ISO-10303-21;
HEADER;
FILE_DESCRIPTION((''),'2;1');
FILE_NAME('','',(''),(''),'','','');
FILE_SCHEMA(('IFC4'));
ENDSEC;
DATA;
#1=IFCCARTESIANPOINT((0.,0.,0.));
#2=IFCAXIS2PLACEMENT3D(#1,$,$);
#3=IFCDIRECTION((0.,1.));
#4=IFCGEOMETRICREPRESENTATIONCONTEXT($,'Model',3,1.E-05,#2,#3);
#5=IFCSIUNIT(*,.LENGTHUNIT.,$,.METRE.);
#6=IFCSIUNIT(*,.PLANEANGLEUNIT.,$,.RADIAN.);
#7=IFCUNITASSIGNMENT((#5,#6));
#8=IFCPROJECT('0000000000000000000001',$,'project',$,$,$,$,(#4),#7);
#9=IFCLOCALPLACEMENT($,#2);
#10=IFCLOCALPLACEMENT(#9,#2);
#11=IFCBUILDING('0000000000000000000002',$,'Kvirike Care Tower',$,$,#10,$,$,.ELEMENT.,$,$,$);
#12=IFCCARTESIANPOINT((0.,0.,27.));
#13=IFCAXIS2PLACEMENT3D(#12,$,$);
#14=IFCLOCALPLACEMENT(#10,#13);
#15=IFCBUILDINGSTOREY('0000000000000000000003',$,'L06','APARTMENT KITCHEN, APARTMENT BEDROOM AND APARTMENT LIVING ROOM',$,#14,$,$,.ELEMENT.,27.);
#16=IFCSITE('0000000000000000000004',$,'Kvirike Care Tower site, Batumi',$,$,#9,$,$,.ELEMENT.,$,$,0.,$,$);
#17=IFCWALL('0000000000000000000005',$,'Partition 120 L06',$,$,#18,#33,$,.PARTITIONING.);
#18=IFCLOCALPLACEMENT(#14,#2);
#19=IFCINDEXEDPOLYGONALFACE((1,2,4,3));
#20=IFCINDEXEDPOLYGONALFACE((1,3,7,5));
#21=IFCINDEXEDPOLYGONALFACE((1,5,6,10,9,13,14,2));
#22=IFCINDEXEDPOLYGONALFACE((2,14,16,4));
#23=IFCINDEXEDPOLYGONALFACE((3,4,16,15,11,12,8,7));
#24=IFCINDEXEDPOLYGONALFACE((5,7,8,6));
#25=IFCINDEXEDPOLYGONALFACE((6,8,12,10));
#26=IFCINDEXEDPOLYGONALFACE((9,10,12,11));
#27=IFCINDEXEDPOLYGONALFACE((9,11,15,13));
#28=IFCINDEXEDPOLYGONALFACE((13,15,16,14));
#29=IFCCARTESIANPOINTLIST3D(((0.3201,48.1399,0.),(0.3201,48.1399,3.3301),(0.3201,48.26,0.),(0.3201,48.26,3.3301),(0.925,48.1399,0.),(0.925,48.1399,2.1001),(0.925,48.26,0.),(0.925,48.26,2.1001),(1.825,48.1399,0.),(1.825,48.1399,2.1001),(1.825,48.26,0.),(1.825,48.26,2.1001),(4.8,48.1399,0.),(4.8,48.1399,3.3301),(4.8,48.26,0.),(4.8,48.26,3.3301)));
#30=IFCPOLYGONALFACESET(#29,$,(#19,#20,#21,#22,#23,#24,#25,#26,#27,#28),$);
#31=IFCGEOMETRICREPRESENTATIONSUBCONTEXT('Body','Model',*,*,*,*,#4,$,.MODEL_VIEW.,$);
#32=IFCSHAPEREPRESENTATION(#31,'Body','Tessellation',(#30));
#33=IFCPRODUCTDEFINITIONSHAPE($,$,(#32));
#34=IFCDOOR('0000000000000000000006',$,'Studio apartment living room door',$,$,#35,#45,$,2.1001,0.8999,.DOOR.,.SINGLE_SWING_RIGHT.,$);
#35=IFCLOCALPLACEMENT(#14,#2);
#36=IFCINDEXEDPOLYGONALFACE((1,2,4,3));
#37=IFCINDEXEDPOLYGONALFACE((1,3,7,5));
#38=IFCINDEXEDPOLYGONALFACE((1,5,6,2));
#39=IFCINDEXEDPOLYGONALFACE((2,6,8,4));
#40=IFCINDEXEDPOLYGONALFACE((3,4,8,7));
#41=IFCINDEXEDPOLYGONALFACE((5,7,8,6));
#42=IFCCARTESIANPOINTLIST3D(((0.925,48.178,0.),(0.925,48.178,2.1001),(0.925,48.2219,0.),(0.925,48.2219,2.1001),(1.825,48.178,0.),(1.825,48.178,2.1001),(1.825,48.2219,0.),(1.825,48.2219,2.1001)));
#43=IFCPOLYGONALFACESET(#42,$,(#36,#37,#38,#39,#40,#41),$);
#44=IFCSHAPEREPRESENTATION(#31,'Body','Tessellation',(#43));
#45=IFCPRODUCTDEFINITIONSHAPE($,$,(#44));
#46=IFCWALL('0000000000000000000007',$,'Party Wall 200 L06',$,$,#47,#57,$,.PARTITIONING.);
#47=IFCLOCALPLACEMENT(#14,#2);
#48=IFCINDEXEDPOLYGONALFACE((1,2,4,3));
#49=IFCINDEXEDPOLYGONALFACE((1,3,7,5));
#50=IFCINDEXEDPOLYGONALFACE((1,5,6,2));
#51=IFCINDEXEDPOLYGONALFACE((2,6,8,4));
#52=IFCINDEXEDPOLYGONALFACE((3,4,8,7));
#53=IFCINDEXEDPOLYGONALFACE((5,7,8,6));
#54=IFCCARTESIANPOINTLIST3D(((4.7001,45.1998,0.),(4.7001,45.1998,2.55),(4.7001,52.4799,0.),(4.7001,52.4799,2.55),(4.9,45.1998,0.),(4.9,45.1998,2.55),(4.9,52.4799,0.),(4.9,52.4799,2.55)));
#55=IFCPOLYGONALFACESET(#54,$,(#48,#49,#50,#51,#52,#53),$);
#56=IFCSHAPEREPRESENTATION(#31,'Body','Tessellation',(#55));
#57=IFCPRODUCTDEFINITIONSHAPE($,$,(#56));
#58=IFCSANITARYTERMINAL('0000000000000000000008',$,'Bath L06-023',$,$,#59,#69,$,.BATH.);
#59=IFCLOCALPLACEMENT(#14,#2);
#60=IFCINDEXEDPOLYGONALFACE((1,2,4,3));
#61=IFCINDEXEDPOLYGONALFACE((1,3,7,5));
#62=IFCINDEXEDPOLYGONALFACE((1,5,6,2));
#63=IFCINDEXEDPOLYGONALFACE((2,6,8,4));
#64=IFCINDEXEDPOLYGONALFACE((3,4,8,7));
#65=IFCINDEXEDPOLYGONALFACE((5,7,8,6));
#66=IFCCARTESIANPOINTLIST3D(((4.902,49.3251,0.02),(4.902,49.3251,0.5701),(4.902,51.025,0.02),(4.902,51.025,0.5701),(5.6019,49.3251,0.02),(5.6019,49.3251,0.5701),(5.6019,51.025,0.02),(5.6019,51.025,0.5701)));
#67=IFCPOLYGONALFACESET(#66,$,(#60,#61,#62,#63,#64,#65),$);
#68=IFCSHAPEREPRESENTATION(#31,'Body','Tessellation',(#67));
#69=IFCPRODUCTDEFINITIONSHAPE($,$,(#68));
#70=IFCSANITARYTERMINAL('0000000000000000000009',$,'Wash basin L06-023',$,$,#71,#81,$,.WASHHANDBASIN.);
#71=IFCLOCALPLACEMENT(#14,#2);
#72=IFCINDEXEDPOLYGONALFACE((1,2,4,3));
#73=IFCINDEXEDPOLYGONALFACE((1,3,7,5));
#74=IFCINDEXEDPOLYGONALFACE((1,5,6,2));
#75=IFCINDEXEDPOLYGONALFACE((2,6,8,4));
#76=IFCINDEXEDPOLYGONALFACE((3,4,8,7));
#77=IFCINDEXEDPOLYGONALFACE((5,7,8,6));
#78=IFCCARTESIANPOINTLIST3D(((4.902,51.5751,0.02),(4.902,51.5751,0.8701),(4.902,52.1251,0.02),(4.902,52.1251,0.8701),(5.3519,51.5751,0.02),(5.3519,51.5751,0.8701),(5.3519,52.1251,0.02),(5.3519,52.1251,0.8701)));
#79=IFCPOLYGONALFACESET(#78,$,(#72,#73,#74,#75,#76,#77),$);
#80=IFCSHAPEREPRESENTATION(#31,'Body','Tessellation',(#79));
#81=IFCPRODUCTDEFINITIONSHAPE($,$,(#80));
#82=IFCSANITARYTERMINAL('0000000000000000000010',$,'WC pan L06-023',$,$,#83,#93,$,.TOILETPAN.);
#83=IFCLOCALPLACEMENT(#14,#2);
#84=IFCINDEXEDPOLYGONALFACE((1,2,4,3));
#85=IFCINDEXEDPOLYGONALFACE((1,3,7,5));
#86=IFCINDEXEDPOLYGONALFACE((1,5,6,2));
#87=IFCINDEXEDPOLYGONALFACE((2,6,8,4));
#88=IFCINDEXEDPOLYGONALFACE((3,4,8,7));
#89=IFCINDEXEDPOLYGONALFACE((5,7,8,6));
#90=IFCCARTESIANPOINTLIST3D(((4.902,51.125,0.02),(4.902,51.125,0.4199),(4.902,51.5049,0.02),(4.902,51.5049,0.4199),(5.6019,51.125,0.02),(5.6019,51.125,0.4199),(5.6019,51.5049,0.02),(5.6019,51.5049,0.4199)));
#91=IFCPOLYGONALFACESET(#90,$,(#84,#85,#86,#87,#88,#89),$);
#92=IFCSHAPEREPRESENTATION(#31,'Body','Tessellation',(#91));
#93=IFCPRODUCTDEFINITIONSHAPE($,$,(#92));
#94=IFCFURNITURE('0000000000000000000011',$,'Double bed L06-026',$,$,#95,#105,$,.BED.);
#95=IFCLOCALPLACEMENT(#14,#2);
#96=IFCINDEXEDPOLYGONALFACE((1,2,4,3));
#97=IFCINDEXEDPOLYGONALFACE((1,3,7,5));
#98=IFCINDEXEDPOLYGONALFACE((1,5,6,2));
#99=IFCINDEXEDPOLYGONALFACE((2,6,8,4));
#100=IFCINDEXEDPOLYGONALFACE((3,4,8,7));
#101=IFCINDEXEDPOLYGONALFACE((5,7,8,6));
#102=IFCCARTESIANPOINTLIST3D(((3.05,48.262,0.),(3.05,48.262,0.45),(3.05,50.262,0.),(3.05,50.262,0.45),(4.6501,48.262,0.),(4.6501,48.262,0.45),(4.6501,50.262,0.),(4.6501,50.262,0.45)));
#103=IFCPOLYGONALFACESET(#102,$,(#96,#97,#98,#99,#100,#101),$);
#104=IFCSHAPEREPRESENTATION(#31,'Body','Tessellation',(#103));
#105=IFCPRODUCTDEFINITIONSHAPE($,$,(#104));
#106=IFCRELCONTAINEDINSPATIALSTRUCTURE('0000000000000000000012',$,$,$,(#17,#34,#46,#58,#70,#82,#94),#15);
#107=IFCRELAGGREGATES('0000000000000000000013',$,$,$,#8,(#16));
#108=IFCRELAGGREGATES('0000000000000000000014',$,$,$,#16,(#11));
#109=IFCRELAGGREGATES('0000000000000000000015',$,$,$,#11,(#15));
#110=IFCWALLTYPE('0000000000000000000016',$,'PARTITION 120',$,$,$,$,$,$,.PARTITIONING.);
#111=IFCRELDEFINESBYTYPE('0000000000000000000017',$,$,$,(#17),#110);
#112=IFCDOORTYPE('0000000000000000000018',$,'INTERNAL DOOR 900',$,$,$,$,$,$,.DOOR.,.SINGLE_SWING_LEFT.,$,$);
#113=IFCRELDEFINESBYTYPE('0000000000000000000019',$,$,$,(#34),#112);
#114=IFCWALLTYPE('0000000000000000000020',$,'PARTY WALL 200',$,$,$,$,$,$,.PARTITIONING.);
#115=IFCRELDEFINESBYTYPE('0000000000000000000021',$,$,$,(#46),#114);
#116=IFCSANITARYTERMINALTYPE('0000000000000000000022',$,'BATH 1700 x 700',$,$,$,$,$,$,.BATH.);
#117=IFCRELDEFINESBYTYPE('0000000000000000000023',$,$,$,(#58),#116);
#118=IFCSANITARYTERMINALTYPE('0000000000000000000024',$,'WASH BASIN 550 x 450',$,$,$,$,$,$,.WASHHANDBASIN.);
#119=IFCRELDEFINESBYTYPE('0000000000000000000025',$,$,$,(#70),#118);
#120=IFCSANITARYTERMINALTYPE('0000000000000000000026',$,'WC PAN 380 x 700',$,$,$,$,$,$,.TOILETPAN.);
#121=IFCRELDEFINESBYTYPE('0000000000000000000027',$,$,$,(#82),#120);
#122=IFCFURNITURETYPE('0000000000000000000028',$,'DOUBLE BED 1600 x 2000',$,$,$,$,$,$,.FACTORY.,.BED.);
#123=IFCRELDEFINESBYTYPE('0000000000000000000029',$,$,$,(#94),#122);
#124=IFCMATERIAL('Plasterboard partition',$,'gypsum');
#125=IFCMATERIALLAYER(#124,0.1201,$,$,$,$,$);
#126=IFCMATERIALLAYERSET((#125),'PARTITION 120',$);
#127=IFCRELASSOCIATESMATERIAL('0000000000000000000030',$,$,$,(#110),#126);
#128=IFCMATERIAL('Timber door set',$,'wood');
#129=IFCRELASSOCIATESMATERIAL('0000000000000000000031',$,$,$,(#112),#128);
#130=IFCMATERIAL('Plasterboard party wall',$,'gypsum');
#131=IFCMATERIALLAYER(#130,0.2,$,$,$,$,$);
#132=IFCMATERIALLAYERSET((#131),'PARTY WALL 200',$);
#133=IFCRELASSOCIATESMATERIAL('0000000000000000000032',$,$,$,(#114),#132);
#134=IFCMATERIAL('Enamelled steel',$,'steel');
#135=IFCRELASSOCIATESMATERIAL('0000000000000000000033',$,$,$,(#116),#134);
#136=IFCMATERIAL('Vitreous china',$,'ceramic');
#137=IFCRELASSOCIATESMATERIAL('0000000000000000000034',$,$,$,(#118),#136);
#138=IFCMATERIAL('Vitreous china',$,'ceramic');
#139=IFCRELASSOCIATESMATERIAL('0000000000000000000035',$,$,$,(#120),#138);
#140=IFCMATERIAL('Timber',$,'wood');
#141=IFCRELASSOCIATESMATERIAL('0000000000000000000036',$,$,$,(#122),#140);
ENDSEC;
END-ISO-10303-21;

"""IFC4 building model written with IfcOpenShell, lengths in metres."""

from ifc_helpers import new_model, si_unit, direction, frame, frame_2d, origin, origin_2d, place, context, subcontext, project, spatial, rectangle, extrude, material, layer, layer_set, type_object, element, fill, save


model = new_model("IFC4")

# Units and contexts
model_context = context("Model", 3, precision=1e-05, world=origin(), true_north=direction((0.0, 1.0)))
body_context = subcontext(model_context, "Body", "Model", "MODEL_VIEW")
ifc_project = project(units=[si_unit("LENGTHUNIT", "METRE"), si_unit("PLANEANGLEUNIT", "RADIAN")], contexts=[model_context])

# Site, building, storey
site_placement = place(None, origin())
site = spatial("IfcSite", under=ifc_project, at=site_placement, Name="Kvirike Care Tower site, Batumi", CompositionType="ELEMENT", RefElevation=0.0)
building_placement = place(site_placement, origin())
building = spatial("IfcBuilding", under=site, at=building_placement, Name="Kvirike Care Tower", CompositionType="ELEMENT")
storey_placement = place(building_placement, frame((0.0, 0.0, 27.0)))
storey = spatial("IfcBuildingStorey", under=building, at=storey_placement, Name="L06", Description="APARTMENT KITCHEN, APARTMENT BEDROOM AND APARTMENT LIVING ROOM", CompositionType="ELEMENT", Elevation=27.0)

# Wall, opening, door
ifc_material_1 = material(Name="Plasterboard partition", Category="gypsum")
ifc_layer_1 = layer(ifc_material_1, 0.1201)
ifc_layer_set_1 = layer_set([ifc_layer_1], Name="PARTITION 120")
wall_type_1 = type_object("IfcWallType", Name="PARTITION 120", PredefinedType="PARTITIONING", material=ifc_layer_set_1)
wall_1_placement = place(storey_placement, frame((4.8, 48.2, 0.0), z_axis=(0.0, 0.0, 1.0), x_axis=(-1.0, 0.0, 0.0)))
wall_1 = element("IfcWall", 1, at=wall_1_placement, inside=storey, type_object=wall_type_1, Name="Partition 120 L06", PredefinedType="PARTITIONING", context=body_context, shape_type="SweptSolid", body=[
    extrude(rectangle(XDim=4.48, YDim=0.1201, at=frame_2d((2.24, 0.0))), origin(), (0.0, 0.0, 1.0), 3.3301),
])
opening_1_placement = place(wall_1_placement, frame((2.9751, 0.0, 0.0)))
opening_1 = element("IfcOpeningElement", 2, at=opening_1_placement, cuts=wall_1, PredefinedType="OPENING", context=body_context, shape_type="SweptSolid", body=[
    extrude(rectangle(XDim=0.8999, YDim=2.1001, at=frame_2d((0.45, 1.05))), frame((0.0, 0.0706, 0.0), z_axis=(0.0, -1.0, 0.0), x_axis=(1.0, 0.0, 0.0)), (0.0, 0.0, 1.0), 0.1411),
])
ifc_material_2 = material(Name="Timber door set", Category="wood")
door_type_1 = type_object("IfcDoorType", Name="INTERNAL DOOR 900", OperationType="SINGLE_SWING_LEFT", PredefinedType="DOOR", material=ifc_material_2)
door_1_placement = place(opening_1_placement, origin())
door_1 = element("IfcDoor", 3, at=door_1_placement, inside=storey, type_object=door_type_1, Name="Studio apartment living room door", OperationType="SINGLE_SWING_RIGHT", OverallHeight=2.1001, OverallWidth=0.8999, PredefinedType="DOOR", context=body_context, shape_type="SweptSolid", body=[
    extrude(rectangle(XDim=0.8999, YDim=2.1001, at=frame_2d((0.45, 1.05))), frame((0.0, 0.022, 0.0), z_axis=(0.0, -1.0, 0.0), x_axis=(1.0, 0.0, 0.0)), (0.0, 0.0, 1.0), 0.0439),
])
fill(opening_1, door_1)

# Wall
ifc_material_3 = material(Name="Plasterboard party wall", Category="gypsum")
ifc_layer_2 = layer(ifc_material_3, 0.2)
ifc_layer_set_2 = layer_set([ifc_layer_2], Name="PARTY WALL 200")
wall_type_2 = type_object("IfcWallType", Name="PARTY WALL 200", PredefinedType="PARTITIONING", material=ifc_layer_set_2)
wall_2_placement = place(storey_placement, frame((4.8, 52.48, 0.0), z_axis=(0.0, 0.0, 1.0), x_axis=(0.0, -1.0, 0.0)))
element("IfcWall", 4, at=wall_2_placement, inside=storey, type_object=wall_type_2, Name="Party Wall 200 L06", PredefinedType="PARTITIONING", context=body_context, shape_type="SweptSolid", body=[
    extrude(rectangle(XDim=7.28, YDim=0.2, at=frame_2d((3.6401, 0.0))), origin(), (0.0, 0.0, 1.0), 2.55),
])

# Sanitary terminals
ifc_material_4 = material(Name="Enamelled steel", Category="steel")
sanitary_terminal_type_1 = type_object("IfcSanitaryTerminalType", Name="BATH 1700 x 700", PredefinedType="BATH", material=ifc_material_4)
sanitary_terminal_1_placement = place(storey_placement, frame((5.252, 50.175, 0.02), z_axis=(0.0, 0.0, 1.0), x_axis=(0.0, 1.0, 0.0)))
element("IfcSanitaryTerminal", 5, at=sanitary_terminal_1_placement, inside=storey, type_object=sanitary_terminal_type_1, Name="Bath L06-023", PredefinedType="BATH", context=body_context, shape_type="SweptSolid", body=[
    extrude(rectangle(XDim=1.7, YDim=0.7, at=origin_2d()), origin(), (0.0, 0.0, 1.0), 0.55),
])
ifc_material_5 = material(Name="Vitreous china", Category="ceramic")
sanitary_terminal_type_2 = type_object("IfcSanitaryTerminalType", Name="WASH BASIN 550 x 450", PredefinedType="WASHHANDBASIN", material=ifc_material_5)
sanitary_terminal_2_placement = place(storey_placement, frame((5.127, 51.8501, 0.02), z_axis=(0.0, 0.0, 1.0), x_axis=(0.0, 1.0, 0.0)))
element("IfcSanitaryTerminal", 6, at=sanitary_terminal_2_placement, inside=storey, type_object=sanitary_terminal_type_2, Name="Wash basin L06-023", PredefinedType="WASHHANDBASIN", context=body_context, shape_type="SweptSolid", body=[
    extrude(rectangle(XDim=0.55, YDim=0.45, at=origin_2d()), origin(), (0.0, 0.0, 1.0), 0.8501),
])
ifc_material_6 = material(Name="Vitreous china", Category="ceramic")
sanitary_terminal_type_3 = type_object("IfcSanitaryTerminalType", Name="WC PAN 380 x 700", PredefinedType="TOILETPAN", material=ifc_material_6)
sanitary_terminal_3_placement = place(storey_placement, frame((5.252, 51.3149, 0.02), z_axis=(0.0, 0.0, 1.0), x_axis=(0.0, 1.0, 0.0)))
element("IfcSanitaryTerminal", 7, at=sanitary_terminal_3_placement, inside=storey, type_object=sanitary_terminal_type_3, Name="WC pan L06-023", PredefinedType="TOILETPAN", context=body_context, shape_type="SweptSolid", body=[
    extrude(rectangle(XDim=0.3799, YDim=0.7, at=origin_2d()), origin(), (0.0, 0.0, 1.0), 0.3999),
])

# Furniture
ifc_material_7 = material(Name="Timber", Category="wood")
furniture_type = type_object("IfcFurnitureType", Name="DOUBLE BED 1600 x 2000", AssemblyPlace="FACTORY", PredefinedType="BED", material=ifc_material_7)
furniture_placement = place(storey_placement, frame((3.8501, 49.262, 0.0), z_axis=(0.0, 0.0, 1.0), x_axis=(-1.0, 0.0, 0.0)))
element("IfcFurniture", 8, at=furniture_placement, inside=storey, type_object=furniture_type, Name="Double bed L06-026", PredefinedType="BED", context=body_context, shape_type="SweptSolid", body=[
    extrude(rectangle(XDim=1.6001, YDim=2.0, at=origin_2d()), origin(), (0.0, 0.0, 1.0), 0.45),
])

save(model, "model.ifc")
